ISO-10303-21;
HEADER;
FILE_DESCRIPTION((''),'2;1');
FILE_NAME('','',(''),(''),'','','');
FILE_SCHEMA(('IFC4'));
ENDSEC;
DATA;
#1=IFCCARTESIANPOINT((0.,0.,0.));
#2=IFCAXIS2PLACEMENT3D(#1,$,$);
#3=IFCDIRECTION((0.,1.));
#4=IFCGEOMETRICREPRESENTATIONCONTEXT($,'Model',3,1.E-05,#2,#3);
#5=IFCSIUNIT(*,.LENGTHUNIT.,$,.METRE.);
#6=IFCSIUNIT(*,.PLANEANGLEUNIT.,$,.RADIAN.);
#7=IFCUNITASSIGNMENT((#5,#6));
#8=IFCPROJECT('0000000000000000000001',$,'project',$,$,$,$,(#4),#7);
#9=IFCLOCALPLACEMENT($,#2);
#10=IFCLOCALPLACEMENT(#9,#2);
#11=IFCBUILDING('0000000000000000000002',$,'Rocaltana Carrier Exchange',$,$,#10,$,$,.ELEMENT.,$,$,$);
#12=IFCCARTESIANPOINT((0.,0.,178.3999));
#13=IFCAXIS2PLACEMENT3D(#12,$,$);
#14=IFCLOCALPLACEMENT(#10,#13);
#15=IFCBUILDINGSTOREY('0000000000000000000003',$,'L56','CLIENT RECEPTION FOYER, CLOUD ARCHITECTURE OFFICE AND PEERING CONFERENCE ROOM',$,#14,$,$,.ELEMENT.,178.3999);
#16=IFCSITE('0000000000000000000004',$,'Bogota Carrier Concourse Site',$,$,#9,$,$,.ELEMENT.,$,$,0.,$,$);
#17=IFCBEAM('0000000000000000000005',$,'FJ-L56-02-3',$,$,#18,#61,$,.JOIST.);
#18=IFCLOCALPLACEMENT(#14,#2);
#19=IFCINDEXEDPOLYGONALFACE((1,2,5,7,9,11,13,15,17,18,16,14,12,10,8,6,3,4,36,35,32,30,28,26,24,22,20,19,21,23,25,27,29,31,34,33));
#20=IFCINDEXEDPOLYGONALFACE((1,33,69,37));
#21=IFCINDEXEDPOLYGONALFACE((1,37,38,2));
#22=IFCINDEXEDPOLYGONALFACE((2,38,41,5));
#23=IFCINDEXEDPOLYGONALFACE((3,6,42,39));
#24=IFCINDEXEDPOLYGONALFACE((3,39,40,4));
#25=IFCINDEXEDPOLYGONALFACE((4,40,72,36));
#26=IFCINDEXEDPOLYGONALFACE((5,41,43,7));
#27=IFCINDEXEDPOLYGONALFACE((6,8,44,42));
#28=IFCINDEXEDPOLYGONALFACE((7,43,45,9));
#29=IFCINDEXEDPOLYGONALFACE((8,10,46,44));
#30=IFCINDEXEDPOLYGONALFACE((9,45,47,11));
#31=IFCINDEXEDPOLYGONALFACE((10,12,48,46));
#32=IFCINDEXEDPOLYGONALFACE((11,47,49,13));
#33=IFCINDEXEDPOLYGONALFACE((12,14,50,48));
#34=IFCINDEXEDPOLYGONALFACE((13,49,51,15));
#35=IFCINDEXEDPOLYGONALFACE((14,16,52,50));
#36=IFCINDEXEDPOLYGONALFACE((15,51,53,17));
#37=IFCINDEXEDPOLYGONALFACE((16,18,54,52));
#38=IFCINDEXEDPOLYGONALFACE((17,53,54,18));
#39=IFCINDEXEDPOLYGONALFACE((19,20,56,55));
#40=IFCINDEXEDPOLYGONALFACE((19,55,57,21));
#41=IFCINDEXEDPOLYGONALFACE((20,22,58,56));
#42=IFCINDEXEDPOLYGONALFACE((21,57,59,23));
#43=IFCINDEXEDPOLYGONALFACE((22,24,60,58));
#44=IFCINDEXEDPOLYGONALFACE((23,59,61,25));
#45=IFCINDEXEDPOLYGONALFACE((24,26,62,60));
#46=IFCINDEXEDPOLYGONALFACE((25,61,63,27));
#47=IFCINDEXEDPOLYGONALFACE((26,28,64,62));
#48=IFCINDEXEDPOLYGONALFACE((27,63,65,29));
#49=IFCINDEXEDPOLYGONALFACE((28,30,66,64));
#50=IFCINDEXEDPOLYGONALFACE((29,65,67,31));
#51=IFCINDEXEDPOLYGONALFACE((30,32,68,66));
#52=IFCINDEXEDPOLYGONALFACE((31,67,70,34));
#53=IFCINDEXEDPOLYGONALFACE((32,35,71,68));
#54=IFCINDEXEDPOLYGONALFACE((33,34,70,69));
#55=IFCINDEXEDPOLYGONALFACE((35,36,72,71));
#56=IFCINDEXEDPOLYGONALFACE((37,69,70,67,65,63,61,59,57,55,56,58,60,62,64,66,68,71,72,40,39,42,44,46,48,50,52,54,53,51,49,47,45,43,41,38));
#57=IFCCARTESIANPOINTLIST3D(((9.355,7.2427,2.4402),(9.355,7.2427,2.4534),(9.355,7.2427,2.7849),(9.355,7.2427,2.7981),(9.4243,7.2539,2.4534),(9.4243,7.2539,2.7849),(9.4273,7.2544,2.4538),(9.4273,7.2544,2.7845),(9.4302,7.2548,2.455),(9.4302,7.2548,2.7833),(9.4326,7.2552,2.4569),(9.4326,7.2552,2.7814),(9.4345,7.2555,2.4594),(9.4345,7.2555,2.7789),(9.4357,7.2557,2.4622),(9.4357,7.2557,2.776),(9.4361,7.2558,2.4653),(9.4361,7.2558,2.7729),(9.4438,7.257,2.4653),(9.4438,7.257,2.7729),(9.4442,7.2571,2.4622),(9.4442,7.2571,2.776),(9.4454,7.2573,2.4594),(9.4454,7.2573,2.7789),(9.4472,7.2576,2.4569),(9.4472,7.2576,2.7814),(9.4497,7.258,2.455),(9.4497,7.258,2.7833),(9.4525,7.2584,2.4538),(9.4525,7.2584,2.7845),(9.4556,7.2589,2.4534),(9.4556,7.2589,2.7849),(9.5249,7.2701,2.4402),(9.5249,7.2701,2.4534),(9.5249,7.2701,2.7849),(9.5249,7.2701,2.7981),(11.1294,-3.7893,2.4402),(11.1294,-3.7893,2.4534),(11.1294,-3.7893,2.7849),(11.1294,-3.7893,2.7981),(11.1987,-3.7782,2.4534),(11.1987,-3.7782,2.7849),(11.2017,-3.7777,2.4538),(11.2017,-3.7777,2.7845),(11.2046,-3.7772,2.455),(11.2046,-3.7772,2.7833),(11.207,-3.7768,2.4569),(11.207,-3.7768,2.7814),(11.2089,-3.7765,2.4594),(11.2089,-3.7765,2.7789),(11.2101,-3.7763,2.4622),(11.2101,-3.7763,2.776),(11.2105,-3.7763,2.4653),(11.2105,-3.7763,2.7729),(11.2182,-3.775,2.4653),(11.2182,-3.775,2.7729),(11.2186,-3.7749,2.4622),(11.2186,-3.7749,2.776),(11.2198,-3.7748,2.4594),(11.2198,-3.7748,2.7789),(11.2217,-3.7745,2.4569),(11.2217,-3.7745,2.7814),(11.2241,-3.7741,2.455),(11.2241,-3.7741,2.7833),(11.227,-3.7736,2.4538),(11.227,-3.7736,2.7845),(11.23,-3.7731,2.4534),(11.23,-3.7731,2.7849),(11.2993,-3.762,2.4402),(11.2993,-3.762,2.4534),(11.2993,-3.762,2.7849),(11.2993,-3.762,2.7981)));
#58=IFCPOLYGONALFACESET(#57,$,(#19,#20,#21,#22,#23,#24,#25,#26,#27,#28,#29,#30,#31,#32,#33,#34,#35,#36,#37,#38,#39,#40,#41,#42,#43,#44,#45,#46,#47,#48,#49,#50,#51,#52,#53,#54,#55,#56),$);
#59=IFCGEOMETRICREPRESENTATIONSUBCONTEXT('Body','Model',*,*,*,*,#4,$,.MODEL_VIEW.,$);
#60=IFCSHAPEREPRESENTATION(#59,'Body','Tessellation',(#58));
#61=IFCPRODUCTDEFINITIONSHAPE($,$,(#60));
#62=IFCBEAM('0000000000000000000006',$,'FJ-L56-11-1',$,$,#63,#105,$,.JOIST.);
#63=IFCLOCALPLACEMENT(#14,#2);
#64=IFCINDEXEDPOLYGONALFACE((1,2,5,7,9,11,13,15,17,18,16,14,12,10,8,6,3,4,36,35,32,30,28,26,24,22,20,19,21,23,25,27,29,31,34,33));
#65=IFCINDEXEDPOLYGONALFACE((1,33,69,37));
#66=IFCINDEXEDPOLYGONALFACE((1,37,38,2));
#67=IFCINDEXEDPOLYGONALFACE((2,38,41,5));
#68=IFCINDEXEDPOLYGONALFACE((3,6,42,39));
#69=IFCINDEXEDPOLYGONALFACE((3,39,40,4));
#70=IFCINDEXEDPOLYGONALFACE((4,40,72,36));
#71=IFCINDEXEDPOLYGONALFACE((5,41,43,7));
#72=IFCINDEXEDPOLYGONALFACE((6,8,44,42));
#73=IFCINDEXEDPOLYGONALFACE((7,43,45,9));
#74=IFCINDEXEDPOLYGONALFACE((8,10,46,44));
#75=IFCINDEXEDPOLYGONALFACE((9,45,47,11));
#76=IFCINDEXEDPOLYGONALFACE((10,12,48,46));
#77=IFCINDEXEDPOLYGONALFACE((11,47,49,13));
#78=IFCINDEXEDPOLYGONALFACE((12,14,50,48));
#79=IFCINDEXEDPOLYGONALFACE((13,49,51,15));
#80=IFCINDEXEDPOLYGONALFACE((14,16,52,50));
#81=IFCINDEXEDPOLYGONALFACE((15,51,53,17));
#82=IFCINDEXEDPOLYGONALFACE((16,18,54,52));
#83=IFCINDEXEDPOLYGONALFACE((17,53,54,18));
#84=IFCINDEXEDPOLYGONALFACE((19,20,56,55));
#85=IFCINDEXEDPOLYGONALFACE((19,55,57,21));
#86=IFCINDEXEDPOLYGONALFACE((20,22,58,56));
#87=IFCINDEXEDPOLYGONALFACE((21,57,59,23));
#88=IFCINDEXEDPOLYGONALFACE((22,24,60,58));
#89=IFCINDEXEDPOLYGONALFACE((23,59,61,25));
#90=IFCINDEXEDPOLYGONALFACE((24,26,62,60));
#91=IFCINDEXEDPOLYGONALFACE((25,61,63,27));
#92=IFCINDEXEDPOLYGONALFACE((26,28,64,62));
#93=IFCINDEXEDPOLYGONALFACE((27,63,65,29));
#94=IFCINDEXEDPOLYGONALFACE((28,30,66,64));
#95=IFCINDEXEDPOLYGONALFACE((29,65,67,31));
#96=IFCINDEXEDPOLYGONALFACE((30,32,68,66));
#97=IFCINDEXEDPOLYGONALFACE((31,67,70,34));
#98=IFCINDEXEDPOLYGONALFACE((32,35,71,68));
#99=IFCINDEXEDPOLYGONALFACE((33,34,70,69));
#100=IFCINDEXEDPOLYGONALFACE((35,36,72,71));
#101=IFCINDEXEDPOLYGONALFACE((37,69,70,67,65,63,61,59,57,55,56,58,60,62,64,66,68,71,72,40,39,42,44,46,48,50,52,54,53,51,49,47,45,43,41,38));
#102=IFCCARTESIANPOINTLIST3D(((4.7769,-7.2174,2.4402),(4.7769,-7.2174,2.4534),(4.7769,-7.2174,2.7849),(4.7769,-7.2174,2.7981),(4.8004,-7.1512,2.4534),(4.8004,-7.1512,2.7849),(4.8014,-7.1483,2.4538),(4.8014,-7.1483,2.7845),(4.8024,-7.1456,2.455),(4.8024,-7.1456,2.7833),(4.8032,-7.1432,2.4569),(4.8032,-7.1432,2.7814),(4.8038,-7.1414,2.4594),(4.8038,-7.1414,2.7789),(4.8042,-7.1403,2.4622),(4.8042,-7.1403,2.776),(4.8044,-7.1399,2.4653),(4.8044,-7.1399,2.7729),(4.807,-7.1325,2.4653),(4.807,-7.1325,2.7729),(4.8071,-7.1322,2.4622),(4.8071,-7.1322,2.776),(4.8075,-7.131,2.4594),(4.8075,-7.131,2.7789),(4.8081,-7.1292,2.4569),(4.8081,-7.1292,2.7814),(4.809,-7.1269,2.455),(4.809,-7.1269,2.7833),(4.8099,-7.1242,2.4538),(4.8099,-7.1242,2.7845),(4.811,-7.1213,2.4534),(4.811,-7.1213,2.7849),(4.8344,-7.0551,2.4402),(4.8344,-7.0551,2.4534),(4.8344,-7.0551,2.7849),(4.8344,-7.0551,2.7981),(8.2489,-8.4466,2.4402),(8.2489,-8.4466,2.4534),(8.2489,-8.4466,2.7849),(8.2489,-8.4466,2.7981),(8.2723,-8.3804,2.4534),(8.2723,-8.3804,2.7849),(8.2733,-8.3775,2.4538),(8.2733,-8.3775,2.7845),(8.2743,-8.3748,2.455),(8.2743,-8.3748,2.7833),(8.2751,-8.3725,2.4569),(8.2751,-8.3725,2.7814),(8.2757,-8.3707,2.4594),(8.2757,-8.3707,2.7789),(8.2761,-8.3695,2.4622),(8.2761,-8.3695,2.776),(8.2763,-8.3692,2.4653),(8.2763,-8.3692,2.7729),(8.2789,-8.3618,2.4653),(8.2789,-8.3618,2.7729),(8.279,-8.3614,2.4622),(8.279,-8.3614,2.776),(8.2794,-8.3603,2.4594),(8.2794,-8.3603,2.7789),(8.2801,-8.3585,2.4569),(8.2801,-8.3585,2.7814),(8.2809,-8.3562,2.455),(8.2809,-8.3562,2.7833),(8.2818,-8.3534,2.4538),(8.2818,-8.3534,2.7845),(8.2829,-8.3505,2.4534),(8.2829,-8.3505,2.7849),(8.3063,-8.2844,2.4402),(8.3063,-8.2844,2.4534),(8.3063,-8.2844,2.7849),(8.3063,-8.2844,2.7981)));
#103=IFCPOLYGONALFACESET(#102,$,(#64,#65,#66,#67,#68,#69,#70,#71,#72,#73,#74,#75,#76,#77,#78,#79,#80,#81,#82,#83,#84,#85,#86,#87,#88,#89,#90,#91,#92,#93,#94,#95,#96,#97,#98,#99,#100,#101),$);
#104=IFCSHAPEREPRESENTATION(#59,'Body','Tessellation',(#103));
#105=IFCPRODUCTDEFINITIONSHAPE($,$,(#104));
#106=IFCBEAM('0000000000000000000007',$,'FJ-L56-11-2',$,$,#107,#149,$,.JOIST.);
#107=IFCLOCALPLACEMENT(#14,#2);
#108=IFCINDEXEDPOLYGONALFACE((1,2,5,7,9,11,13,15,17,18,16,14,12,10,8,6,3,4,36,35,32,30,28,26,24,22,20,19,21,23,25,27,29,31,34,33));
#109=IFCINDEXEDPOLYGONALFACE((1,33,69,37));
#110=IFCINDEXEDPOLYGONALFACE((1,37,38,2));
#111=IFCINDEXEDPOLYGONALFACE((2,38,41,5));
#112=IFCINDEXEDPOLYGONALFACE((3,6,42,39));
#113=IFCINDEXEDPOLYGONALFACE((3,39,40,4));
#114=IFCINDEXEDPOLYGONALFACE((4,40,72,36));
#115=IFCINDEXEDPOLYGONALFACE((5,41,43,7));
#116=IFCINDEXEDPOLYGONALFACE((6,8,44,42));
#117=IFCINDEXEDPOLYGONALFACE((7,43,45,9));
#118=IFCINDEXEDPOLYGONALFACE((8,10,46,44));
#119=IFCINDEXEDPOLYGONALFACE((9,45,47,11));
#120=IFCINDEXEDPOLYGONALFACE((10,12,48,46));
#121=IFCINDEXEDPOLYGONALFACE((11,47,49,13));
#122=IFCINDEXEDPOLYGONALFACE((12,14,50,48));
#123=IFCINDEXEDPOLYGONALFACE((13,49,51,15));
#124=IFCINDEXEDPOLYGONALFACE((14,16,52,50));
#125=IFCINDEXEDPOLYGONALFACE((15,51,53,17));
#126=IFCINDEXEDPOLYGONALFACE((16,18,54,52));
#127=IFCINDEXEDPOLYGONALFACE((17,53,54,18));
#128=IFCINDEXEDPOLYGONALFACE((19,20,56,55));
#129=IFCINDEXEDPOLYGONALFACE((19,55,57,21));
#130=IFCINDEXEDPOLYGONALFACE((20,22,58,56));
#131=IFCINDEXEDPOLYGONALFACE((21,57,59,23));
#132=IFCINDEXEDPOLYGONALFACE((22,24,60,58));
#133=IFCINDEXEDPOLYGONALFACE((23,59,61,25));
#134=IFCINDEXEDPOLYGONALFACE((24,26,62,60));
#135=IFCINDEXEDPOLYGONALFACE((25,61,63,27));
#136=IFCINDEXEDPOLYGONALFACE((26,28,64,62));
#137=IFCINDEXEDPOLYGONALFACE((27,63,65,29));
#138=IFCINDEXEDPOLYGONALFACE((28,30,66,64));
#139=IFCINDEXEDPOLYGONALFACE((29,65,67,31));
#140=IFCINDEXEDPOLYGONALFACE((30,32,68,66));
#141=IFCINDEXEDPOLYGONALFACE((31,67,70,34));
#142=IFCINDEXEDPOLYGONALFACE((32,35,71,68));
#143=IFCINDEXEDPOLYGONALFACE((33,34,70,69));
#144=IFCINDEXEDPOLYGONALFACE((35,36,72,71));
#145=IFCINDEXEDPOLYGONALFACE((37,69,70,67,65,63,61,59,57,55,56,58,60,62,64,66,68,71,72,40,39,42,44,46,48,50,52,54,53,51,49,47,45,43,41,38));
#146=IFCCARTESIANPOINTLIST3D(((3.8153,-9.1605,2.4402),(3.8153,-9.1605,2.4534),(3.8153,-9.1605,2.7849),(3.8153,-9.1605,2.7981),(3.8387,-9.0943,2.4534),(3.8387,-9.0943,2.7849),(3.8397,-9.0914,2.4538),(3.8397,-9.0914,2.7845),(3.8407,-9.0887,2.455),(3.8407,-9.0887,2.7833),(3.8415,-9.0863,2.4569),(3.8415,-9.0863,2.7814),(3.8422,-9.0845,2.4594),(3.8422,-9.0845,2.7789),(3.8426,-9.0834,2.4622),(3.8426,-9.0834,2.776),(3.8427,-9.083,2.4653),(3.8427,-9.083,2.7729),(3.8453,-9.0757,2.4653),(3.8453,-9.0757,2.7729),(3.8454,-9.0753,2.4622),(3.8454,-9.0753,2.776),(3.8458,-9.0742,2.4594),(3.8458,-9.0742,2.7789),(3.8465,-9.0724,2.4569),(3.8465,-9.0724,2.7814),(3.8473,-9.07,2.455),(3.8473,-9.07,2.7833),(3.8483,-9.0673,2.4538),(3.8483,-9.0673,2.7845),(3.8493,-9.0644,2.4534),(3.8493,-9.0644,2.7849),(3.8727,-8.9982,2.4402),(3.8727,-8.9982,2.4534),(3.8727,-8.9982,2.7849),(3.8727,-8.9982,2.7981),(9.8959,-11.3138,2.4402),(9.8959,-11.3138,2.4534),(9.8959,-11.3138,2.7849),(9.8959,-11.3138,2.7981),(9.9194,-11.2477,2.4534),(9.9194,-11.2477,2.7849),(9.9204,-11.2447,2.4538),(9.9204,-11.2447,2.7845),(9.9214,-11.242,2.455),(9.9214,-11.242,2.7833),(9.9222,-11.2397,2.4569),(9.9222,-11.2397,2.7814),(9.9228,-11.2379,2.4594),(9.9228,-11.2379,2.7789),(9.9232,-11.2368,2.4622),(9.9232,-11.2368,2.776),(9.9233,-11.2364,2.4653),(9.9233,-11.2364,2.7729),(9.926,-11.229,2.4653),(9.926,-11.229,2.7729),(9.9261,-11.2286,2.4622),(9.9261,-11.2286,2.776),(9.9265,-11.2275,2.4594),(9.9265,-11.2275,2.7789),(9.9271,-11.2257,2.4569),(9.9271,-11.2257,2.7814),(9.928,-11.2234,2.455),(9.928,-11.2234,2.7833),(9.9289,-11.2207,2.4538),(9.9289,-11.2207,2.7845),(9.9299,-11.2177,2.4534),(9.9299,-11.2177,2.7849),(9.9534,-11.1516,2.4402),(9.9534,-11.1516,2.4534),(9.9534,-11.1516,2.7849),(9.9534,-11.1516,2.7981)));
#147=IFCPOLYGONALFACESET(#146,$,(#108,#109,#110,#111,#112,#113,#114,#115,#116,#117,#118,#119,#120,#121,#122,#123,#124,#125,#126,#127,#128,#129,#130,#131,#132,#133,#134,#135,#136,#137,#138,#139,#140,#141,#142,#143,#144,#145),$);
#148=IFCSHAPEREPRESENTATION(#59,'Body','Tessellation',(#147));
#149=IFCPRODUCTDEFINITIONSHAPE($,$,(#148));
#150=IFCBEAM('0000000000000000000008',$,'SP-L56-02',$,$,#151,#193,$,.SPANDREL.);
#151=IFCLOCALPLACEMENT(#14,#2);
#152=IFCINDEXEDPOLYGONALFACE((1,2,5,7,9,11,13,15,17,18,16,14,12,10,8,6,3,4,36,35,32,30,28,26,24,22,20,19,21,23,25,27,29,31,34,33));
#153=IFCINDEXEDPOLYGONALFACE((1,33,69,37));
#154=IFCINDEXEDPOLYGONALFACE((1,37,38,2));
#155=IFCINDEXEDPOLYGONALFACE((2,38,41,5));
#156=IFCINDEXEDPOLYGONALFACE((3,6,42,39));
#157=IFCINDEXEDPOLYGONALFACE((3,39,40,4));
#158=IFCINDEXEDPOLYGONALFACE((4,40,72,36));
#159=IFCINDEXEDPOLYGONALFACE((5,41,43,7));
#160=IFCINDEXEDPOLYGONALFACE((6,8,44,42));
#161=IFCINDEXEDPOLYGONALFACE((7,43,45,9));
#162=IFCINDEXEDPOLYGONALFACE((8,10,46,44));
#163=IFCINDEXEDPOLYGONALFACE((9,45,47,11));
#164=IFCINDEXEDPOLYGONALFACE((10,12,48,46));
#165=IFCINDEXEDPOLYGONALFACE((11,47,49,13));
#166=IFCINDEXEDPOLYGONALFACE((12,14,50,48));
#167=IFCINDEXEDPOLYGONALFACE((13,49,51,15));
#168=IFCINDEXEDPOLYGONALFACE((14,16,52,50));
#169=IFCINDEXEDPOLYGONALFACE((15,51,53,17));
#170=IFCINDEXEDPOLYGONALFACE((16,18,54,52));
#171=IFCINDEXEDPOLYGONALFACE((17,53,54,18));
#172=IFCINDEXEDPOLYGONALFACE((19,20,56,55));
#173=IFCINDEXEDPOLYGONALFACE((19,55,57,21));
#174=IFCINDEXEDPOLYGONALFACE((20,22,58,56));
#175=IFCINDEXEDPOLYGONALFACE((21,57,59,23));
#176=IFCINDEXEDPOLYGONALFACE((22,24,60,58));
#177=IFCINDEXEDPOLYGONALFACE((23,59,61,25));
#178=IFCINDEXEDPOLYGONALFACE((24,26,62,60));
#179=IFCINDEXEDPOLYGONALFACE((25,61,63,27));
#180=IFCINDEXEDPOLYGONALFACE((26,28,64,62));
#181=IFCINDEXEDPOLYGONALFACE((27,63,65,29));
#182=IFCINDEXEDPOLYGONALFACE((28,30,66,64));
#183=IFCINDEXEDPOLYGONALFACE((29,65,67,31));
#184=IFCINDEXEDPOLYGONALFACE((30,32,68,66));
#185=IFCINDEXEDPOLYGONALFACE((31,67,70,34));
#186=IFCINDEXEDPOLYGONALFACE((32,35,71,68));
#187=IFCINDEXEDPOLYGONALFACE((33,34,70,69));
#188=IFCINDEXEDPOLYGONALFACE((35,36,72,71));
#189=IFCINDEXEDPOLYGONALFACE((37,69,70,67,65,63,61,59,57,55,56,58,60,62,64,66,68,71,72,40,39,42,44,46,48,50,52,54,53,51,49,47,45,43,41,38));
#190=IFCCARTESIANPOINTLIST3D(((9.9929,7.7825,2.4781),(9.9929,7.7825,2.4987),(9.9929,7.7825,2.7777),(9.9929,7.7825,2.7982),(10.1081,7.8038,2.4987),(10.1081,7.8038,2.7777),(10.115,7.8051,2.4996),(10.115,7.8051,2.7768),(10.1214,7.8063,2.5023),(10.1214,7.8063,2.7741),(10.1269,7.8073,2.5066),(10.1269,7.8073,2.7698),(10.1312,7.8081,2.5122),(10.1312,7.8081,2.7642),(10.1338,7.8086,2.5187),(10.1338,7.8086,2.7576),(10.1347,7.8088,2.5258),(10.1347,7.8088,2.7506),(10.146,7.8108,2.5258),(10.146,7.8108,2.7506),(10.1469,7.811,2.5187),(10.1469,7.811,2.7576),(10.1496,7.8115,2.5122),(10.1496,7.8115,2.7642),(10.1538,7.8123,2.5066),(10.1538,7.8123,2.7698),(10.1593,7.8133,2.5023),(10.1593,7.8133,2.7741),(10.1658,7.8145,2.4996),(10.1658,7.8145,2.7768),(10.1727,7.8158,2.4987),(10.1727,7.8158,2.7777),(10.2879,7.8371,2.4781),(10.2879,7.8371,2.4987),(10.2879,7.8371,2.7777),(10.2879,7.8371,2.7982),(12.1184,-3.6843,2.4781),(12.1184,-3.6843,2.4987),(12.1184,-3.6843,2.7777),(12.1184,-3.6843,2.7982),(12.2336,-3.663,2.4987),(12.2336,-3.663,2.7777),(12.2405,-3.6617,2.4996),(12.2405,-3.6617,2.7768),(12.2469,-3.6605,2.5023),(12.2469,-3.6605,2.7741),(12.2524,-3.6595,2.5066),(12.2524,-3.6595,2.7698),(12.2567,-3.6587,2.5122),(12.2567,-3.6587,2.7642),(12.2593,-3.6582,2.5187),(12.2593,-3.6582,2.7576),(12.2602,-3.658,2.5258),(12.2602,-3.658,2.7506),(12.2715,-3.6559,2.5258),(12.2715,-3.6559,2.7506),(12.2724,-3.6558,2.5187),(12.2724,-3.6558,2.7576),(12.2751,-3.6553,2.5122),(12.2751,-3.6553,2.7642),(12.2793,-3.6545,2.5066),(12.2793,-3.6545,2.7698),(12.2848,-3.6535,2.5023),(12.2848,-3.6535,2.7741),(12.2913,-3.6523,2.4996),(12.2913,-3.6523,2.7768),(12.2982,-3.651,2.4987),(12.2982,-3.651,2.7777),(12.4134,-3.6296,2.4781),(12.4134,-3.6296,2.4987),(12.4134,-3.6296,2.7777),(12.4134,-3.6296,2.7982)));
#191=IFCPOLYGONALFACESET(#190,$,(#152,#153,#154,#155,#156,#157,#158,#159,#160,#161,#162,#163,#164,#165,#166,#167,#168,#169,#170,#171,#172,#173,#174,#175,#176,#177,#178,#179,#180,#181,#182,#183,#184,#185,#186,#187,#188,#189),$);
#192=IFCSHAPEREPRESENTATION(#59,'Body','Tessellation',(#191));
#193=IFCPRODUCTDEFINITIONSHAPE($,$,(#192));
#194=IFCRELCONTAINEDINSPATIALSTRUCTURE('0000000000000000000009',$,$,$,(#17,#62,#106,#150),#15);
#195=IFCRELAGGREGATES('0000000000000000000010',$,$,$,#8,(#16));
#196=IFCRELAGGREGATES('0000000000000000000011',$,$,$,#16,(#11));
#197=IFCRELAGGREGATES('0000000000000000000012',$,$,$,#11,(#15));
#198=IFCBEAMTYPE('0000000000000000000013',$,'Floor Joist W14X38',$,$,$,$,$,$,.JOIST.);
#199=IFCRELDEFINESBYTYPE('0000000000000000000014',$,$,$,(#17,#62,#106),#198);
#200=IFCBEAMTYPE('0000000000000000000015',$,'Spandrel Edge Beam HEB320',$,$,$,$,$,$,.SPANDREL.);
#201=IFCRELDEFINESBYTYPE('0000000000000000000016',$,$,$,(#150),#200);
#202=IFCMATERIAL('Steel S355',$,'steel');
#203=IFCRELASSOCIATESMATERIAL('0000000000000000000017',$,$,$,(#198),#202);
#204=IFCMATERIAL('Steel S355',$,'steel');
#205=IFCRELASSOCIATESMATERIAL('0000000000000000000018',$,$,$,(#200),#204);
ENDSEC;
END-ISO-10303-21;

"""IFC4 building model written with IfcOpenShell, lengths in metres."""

from ifc_helpers import new_model, si_unit, direction, frame, origin, origin_2d, place, context, subcontext, project, spatial, i_section, extrude, material, material_profile, profile_set, type_object, element, save


model = new_model("IFC4")

# Units and contexts
model_context = context("Model", 3, precision=1e-05, world=origin(), true_north=direction((0.0, 1.0)))
body_context = subcontext(model_context, "Body", "Model", "MODEL_VIEW")
ifc_project = project(units=[si_unit("LENGTHUNIT", "METRE"), si_unit("PLANEANGLEUNIT", "RADIAN")], contexts=[model_context])

# Site, building, storey
site_placement = place(None, origin())
site = spatial("IfcSite", under=ifc_project, at=site_placement, Name="Bogota Carrier Concourse Site", CompositionType="ELEMENT", RefElevation=0.0)
building_placement = place(site_placement, origin())
building = spatial("IfcBuilding", under=site, at=building_placement, Name="Rocaltana Carrier Exchange", CompositionType="ELEMENT")
storey_placement = place(building_placement, frame((0.0, 0.0, 178.3999)))
storey = spatial("IfcBuildingStorey", under=building, at=storey_placement, Name="L56", Description="CLIENT RECEPTION FOYER, CLOUD ARCHITECTURE OFFICE AND PEERING CONFERENCE ROOM", CompositionType="ELEMENT", Elevation=178.3999)

# Beams
ifc_material_1 = material(Name="Steel S355", Category="steel")
ifc_material_profile_1 = material_profile(ifc_material_1, i_section(OverallWidth=0.1721, OverallDepth=0.3579, WebThickness=0.0078, FlangeThickness=0.0132, FilletRadius=0.012, at=origin_2d()), Name="W14X38")
ifc_profile_set_1 = profile_set([ifc_material_profile_1], Name="Steel S355")
beam_type_1 = type_object("IfcBeamType", Name="Floor Joist W14X38", PredefinedType="JOIST", material=ifc_profile_set_1)
beam_1_placement = place(storey_placement, frame((11.2144, -3.7756, 2.6191), z_axis=(-0.158802, 0.98731, 0.0), x_axis=(-0.98731, -0.158802, 0.0)))
element("IfcBeam", 1, at=beam_1_placement, inside=storey, type_object=beam_type_1, Name="FJ-L56-02-3", PredefinedType="JOIST", context=body_context, shape_type="SweptSolid", body=[
    extrude(i_section(OverallWidth=0.1721, OverallDepth=0.3579, WebThickness=0.0078, FlangeThickness=0.0132, FilletRadius=0.012, at=origin_2d()), origin(), (0.0, 0.0, 1.0), 11.1738),
])
beam_2_placement = place(storey_placement, frame((4.8057, -7.1362, 2.6191), z_axis=(0.942661, -0.333753, 0.0), x_axis=(0.333753, 0.942661, 0.0)))
element("IfcBeam", 2, at=beam_2_placement, inside=storey, type_object=beam_type_1, Name="FJ-L56-11-1", PredefinedType="JOIST", context=body_context, shape_type="SweptSolid", body=[
    extrude(i_section(OverallWidth=0.1721, OverallDepth=0.3579, WebThickness=0.0078, FlangeThickness=0.0132, FilletRadius=0.012, at=origin_2d()), origin(), (0.0, 0.0, 1.0), 3.6831),
])
beam_3_placement = place(storey_placement, frame((3.844, -9.0793, 2.6191), z_axis=(0.942638, -0.333818, 0.0), x_axis=(0.333818, 0.942638, 0.0)))
element("IfcBeam", 3, at=beam_3_placement, inside=storey, type_object=beam_type_1, Name="FJ-L56-11-2", PredefinedType="JOIST", context=body_context, shape_type="SweptSolid", body=[
    extrude(i_section(OverallWidth=0.1721, OverallDepth=0.3579, WebThickness=0.0078, FlangeThickness=0.0132, FilletRadius=0.012, at=origin_2d()), origin(), (0.0, 0.0, 1.0), 6.4507),
])
ifc_material_2 = material(Name="Steel S355", Category="steel")
ifc_material_profile_2 = material_profile(ifc_material_2, i_section(OverallWidth=0.3, OverallDepth=0.3201, WebThickness=0.0115, FlangeThickness=0.0205, FilletRadius=0.0271, at=origin_2d()), Name="HEB320")
ifc_profile_set_2 = profile_set([ifc_material_profile_2], Name="Steel S355")
beam_type_2 = type_object("IfcBeamType", Name="Spandrel Edge Beam HEB320", PredefinedType="SPANDREL", material=ifc_profile_set_2)
beam_4_placement = place(storey_placement, frame((12.2659, -3.657, 2.6382), z_axis=(-0.182256, 0.983251, 0.0), x_axis=(-0.983251, -0.182256, 0.0)))
element("IfcBeam", 4, at=beam_4_placement, inside=storey, type_object=beam_type_2, Name="SP-L56-02", PredefinedType="SPANDREL", context=body_context, shape_type="SweptSolid", body=[
    extrude(i_section(OverallWidth=0.3, OverallDepth=0.3201, WebThickness=0.0115, FlangeThickness=0.0205, FilletRadius=0.0271, at=origin_2d()), origin(), (0.0, 0.0, 1.0), 11.6621),
])

save(model, "model.ifc")
